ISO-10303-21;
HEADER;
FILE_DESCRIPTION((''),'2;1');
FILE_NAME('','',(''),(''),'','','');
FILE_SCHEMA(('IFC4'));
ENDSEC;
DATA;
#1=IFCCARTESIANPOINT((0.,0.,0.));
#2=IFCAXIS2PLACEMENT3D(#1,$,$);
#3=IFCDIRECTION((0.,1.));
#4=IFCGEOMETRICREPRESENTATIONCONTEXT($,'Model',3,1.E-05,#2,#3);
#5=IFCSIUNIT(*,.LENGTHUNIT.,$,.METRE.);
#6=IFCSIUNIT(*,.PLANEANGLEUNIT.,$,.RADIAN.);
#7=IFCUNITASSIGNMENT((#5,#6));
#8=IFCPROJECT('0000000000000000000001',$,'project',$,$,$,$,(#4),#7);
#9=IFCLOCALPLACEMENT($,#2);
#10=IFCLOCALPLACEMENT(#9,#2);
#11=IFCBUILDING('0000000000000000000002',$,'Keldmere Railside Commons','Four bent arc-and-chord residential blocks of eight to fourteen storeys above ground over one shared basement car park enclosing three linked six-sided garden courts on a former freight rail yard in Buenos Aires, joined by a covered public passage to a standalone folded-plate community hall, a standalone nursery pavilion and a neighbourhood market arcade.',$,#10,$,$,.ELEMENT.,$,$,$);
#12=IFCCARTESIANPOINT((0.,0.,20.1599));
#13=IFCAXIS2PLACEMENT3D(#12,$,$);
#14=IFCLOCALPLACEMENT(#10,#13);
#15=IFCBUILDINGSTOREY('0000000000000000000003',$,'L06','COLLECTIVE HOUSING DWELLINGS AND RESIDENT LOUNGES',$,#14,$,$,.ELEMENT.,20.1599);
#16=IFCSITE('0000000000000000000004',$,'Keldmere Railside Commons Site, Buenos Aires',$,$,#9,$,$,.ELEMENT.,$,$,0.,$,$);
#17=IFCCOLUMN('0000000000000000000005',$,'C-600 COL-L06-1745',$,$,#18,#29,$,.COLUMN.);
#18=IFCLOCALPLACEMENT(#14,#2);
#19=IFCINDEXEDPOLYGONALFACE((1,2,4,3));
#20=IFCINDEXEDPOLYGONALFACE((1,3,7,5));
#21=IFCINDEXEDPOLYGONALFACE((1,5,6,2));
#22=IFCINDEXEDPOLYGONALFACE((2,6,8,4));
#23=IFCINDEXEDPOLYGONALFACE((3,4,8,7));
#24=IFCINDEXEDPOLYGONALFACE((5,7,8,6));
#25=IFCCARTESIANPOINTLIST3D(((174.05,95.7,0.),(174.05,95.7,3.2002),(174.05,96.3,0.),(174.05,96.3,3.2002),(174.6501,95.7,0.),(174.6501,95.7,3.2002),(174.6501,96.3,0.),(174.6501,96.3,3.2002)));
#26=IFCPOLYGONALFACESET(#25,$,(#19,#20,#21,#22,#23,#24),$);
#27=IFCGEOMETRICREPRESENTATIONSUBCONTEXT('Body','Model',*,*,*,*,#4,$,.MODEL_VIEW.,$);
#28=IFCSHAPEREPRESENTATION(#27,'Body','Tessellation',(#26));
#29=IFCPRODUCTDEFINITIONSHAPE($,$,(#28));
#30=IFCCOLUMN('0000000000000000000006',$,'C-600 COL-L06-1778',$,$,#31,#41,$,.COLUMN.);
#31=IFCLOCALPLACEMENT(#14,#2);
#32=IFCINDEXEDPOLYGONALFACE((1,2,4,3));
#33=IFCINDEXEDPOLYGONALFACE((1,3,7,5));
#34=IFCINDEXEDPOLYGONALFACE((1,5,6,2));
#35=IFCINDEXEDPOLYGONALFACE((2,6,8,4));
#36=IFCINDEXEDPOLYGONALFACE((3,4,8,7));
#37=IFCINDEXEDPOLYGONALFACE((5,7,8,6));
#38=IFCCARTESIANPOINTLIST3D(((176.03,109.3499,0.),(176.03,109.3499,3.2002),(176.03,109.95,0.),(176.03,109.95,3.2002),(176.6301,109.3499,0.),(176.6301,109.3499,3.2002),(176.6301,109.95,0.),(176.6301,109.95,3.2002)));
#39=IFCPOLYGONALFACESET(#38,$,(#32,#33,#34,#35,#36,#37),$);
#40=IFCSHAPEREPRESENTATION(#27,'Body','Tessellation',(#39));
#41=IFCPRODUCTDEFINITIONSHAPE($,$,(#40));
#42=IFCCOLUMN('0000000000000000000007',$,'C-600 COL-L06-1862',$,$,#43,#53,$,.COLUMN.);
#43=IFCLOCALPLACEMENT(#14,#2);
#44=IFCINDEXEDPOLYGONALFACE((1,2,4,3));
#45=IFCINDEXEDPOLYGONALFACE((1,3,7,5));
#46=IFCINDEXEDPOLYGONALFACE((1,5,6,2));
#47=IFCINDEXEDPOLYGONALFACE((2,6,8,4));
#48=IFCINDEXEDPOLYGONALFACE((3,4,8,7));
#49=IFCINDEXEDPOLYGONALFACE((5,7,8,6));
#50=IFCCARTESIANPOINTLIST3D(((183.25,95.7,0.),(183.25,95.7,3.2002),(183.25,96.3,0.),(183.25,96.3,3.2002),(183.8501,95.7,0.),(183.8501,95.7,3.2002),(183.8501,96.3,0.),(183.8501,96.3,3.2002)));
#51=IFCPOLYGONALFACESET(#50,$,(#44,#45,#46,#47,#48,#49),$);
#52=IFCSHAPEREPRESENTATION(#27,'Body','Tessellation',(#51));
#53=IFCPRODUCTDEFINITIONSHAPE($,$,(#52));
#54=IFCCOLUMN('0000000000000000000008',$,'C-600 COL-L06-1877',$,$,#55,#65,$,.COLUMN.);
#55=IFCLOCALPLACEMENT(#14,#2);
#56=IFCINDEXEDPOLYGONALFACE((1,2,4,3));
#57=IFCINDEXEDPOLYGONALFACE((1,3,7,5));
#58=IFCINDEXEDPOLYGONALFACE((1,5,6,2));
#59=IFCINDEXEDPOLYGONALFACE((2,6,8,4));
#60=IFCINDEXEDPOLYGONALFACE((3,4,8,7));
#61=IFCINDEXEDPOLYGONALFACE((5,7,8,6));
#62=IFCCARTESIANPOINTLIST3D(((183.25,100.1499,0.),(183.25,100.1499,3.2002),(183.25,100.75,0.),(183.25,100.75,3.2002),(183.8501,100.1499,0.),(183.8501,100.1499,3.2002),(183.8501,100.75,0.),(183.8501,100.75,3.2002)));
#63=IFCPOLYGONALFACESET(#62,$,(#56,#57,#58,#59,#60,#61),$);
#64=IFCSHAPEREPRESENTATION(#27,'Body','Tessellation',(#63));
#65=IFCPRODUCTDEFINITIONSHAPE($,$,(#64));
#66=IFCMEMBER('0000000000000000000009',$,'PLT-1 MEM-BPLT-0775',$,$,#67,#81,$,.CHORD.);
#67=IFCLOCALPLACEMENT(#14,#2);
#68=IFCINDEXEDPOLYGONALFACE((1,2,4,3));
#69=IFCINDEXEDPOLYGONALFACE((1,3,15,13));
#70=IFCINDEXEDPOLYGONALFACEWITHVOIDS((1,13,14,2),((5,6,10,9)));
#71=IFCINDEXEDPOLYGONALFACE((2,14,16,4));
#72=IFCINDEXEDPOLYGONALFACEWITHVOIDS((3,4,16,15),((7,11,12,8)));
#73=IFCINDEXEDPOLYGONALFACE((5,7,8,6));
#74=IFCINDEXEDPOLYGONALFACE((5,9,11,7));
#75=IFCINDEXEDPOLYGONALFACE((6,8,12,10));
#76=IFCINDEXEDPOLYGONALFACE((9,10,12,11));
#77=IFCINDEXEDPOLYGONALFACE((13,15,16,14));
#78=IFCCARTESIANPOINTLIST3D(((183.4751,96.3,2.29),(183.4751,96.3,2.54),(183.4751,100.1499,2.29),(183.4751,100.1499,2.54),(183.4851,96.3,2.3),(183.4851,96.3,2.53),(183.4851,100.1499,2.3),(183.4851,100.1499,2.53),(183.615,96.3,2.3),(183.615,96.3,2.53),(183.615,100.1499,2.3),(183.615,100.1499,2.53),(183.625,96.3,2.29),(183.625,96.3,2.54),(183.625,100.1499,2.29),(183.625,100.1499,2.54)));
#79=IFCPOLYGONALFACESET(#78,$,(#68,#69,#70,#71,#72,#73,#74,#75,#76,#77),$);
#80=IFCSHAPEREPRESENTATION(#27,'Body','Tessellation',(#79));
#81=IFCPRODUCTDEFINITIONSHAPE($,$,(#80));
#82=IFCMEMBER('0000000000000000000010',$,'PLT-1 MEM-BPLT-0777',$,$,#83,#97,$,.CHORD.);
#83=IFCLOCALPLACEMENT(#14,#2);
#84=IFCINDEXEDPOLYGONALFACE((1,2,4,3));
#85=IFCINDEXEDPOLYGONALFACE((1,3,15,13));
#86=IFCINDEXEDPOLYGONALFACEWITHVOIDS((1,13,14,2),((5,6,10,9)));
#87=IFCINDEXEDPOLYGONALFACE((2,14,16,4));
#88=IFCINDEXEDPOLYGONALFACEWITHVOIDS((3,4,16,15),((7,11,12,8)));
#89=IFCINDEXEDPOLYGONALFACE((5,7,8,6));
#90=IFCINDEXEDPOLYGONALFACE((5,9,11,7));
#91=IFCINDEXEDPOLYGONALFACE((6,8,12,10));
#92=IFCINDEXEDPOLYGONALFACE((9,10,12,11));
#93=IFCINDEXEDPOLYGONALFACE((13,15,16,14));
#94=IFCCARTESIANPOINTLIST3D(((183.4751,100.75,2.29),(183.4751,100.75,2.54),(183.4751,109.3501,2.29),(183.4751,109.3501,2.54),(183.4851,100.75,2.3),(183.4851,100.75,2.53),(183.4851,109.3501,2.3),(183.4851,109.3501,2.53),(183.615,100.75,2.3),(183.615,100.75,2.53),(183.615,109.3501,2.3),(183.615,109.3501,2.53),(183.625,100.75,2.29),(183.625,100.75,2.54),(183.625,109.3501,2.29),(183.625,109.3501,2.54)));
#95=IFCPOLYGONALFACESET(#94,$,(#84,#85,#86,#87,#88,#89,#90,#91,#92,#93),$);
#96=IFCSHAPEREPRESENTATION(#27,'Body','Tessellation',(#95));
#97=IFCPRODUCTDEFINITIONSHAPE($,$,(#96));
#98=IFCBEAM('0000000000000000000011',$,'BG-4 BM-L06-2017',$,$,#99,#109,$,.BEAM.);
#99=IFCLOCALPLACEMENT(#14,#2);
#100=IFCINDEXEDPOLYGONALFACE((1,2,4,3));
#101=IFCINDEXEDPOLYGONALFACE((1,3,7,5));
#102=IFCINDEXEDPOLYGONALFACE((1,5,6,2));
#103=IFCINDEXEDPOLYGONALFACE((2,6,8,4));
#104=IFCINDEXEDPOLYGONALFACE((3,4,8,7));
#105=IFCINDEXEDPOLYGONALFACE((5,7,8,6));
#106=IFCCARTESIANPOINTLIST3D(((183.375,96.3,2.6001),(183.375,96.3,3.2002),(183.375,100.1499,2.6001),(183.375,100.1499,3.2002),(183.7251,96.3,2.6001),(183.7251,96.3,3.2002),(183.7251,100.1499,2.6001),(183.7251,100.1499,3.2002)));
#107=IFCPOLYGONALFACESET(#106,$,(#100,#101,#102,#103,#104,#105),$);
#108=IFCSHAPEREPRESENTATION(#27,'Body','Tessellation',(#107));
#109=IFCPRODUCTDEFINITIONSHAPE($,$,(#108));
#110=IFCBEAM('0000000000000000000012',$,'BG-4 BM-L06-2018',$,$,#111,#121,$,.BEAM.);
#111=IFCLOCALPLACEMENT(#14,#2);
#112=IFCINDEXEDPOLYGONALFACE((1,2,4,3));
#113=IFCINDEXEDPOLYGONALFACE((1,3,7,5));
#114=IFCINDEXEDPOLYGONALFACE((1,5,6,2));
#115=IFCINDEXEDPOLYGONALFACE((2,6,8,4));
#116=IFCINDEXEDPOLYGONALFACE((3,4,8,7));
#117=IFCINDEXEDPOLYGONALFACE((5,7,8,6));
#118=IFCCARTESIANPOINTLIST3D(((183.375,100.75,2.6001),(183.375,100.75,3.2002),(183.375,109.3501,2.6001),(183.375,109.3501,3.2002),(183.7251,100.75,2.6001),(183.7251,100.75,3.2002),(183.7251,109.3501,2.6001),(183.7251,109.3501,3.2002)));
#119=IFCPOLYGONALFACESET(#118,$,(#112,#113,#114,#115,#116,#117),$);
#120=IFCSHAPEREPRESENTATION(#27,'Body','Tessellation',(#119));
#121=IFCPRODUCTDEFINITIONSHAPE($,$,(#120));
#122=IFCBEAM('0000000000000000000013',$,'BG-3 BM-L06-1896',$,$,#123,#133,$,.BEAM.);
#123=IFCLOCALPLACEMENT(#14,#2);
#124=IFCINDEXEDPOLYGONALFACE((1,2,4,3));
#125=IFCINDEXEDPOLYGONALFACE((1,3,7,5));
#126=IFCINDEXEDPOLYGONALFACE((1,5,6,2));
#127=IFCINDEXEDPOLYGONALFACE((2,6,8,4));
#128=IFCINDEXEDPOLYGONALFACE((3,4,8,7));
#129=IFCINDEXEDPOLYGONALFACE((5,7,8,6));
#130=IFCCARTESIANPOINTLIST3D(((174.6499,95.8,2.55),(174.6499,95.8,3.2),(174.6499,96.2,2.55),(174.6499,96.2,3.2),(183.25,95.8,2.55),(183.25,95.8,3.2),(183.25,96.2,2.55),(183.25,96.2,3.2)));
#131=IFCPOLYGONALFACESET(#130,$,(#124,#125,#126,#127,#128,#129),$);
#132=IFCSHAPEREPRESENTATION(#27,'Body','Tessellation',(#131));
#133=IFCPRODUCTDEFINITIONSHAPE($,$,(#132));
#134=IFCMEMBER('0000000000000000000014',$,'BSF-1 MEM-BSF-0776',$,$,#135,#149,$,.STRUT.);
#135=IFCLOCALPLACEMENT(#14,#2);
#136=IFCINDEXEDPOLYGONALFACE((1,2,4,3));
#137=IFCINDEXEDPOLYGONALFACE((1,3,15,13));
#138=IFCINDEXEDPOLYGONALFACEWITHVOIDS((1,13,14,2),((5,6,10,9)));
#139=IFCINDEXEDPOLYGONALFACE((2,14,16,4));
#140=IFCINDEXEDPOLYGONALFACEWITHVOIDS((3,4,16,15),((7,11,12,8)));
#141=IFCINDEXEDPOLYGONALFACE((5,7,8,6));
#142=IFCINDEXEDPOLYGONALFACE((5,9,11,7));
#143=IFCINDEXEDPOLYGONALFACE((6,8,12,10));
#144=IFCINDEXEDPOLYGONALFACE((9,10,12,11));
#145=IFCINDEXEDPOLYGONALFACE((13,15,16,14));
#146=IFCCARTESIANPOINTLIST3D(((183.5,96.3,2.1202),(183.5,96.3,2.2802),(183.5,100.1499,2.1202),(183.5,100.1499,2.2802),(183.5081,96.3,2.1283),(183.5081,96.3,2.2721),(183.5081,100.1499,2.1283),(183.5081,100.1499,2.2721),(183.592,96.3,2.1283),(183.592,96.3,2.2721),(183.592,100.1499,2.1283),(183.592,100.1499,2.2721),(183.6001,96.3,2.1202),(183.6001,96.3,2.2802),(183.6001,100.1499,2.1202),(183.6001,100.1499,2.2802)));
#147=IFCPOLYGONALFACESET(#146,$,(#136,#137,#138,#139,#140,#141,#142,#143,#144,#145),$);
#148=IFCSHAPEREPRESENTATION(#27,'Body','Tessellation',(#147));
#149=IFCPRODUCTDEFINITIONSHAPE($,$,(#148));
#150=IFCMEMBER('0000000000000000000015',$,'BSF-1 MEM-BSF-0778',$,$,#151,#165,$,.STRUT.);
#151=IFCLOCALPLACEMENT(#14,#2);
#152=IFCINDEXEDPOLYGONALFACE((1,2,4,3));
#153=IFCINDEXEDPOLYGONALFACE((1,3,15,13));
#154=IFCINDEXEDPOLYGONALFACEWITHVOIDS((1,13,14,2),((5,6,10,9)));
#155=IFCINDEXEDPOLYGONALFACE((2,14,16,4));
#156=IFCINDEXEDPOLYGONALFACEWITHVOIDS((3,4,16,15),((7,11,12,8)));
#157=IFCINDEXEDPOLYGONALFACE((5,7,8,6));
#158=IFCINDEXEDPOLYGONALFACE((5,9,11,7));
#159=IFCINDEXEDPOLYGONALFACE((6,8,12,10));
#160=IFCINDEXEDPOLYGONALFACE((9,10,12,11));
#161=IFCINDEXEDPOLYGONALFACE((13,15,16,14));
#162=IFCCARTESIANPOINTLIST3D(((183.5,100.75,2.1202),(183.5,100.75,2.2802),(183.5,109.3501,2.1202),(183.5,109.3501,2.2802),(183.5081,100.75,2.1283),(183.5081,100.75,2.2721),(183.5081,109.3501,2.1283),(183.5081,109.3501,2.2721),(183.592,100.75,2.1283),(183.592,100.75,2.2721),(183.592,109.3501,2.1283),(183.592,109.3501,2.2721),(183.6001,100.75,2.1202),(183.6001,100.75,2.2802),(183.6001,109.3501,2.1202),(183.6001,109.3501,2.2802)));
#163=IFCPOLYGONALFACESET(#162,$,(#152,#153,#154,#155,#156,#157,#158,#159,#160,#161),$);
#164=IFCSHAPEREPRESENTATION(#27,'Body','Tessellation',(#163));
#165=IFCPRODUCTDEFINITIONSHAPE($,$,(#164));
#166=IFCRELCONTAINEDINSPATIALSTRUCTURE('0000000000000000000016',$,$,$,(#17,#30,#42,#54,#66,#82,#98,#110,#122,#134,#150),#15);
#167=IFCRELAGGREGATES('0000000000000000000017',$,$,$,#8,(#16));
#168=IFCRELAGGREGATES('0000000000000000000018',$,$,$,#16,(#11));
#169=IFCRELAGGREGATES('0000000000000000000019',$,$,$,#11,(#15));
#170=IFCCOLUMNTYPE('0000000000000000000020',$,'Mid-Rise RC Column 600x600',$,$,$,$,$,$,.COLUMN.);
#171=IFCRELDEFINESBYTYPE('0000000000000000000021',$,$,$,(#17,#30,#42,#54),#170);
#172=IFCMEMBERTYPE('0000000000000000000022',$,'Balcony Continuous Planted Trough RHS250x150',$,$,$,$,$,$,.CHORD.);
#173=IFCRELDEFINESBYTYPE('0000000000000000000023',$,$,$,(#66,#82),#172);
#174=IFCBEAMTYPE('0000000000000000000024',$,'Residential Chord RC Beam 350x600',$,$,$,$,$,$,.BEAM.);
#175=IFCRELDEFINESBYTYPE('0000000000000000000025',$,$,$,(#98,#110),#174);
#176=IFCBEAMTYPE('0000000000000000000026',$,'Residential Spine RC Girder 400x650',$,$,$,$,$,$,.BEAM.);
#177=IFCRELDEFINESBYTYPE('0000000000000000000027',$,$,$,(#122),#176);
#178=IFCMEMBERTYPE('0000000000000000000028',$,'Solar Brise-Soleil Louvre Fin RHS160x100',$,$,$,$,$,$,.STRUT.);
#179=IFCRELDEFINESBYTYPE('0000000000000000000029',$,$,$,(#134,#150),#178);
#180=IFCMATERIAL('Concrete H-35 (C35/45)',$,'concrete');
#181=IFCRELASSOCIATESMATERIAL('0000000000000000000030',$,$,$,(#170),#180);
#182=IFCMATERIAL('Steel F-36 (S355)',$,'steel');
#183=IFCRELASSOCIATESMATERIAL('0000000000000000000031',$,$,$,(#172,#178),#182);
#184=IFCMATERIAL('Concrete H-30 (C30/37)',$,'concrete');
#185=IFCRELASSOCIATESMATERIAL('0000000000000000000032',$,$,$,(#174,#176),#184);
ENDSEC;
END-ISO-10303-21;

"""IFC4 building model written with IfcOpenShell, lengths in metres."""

from ifc_helpers import new_model, si_unit, direction, frame, origin, origin_2d, place, context, subcontext, project, spatial, rectangle, hollow_rectangle, extrude, material, material_profile, profile_set, type_object, element, save


model = new_model("IFC4")

# Units and contexts
model_context = context("Model", 3, precision=1e-05, world=origin(), true_north=direction((0.0, 1.0)))
body_context = subcontext(model_context, "Body", "Model", "MODEL_VIEW")
ifc_project = project(units=[si_unit("LENGTHUNIT", "METRE"), si_unit("PLANEANGLEUNIT", "RADIAN")], contexts=[model_context])

# Site, building, storey
site_placement = place(None, origin())
site = spatial("IfcSite", under=ifc_project, at=site_placement, Name="Keldmere Railside Commons Site, Buenos Aires", CompositionType="ELEMENT", RefElevation=0.0)
building_placement = place(site_placement, origin())
building = spatial("IfcBuilding", under=site, at=building_placement, Name="Keldmere Railside Commons", Description="Four bent arc-and-chord residential blocks of eight to fourteen storeys above ground over one shared basement car park enclosing three linked six-sided garden courts on a former freight rail yard in Buenos Aires, joined by a covered public passage to a standalone folded-plate community hall, a standalone nursery pavilion and a neighbourhood market arcade.", CompositionType="ELEMENT")
storey_placement = place(building_placement, frame((0.0, 0.0, 20.1599)))
storey = spatial("IfcBuildingStorey", under=building, at=storey_placement, Name="L06", Description="COLLECTIVE HOUSING DWELLINGS AND RESIDENT LOUNGES", CompositionType="ELEMENT", Elevation=20.1599)

# Columns
ifc_material_1 = material(Name="Concrete H-35 (C35/45)", Category="concrete")
ifc_material_profile_1 = material_profile(ifc_material_1, rectangle(XDim=0.6001, YDim=0.6001, at=origin_2d()), Name="RC-600x600")
ifc_profile_set_1 = profile_set([ifc_material_profile_1], Name="Concrete H-35 (C35/45)")
column_type = type_object("IfcColumnType", Name="Mid-Rise RC Column 600x600", PredefinedType="COLUMN", material=ifc_profile_set_1)
for number, where, z_axis, x_axis, name in (
    (1, (174.3501, 96.0, 0.0), (0.0, 0.0, 1.0), (1.0, 0.0, 0.0), "C-600 COL-L06-1745"),
    (2, (176.3301, 109.6499, 0.0), (0.0, 0.0, 1.0), (1.0, 0.0, 0.0), "C-600 COL-L06-1778"),
    (3, (183.55, 96.0, 0.0), (0.0, 0.0, 1.0), (1.0, 0.0, 0.0), "C-600 COL-L06-1862"),
    (4, (183.55, 100.45, 0.0), (0.0, 0.0, 1.0), (1.0, 0.0, 0.0), "C-600 COL-L06-1877"),
):
    element("IfcColumn", number, at=place(storey_placement, frame(where, z_axis=z_axis, x_axis=x_axis)), inside=storey, type_object=column_type, Name=name, PredefinedType="COLUMN", context=body_context, shape_type="SweptSolid", body=[
        extrude(rectangle(XDim=0.6001, YDim=0.6001, at=origin_2d()), origin(), (0.0, 0.0, 1.0), 3.2002),
    ])

# Members
ifc_material_2 = material(Name="Steel F-36 (S355)", Category="steel")
ifc_material_profile_2 = material_profile(ifc_material_2, hollow_rectangle(XDim=0.1499, YDim=0.25, WallThickness=0.01, at=origin_2d()), Name="RHS-250x150x10")
ifc_profile_set_2 = profile_set([ifc_material_profile_2], Name="Steel F-36 (S355)")
member_type_1 = type_object("IfcMemberType", Name="Balcony Continuous Planted Trough RHS250x150", PredefinedType="CHORD", material=ifc_profile_set_2)
member_1_placement = place(storey_placement, frame((183.55, 96.3, 2.415), z_axis=(0.0, 1.0, 0.0), x_axis=(-1.0, 0.0, 0.0)))
element("IfcMember", 5, at=member_1_placement, inside=storey, type_object=member_type_1, Name="PLT-1 MEM-BPLT-0775", PredefinedType="CHORD", context=body_context, shape_type="SweptSolid", body=[
    extrude(hollow_rectangle(XDim=0.1499, YDim=0.25, WallThickness=0.01, at=origin_2d()), origin(), (0.0, 0.0, 1.0), 3.8499),
])
member_2_placement = place(storey_placement, frame((183.55, 100.75, 2.415), z_axis=(0.0, 1.0, 0.0), x_axis=(-1.0, 0.0, 0.0)))
element("IfcMember", 6, at=member_2_placement, inside=storey, type_object=member_type_1, Name="PLT-1 MEM-BPLT-0777", PredefinedType="CHORD", context=body_context, shape_type="SweptSolid", body=[
    extrude(hollow_rectangle(XDim=0.1499, YDim=0.25, WallThickness=0.01, at=origin_2d()), origin(), (0.0, 0.0, 1.0), 8.6001),
])

# Beams
ifc_material_3 = material(Name="Concrete H-30 (C30/37)", Category="concrete")
ifc_material_profile_3 = material_profile(ifc_material_3, rectangle(XDim=0.3501, YDim=0.6001, at=origin_2d()), Name="RC-350x600")
ifc_profile_set_3 = profile_set([ifc_material_profile_3], Name="Concrete H-30 (C30/37)")
beam_type_1 = type_object("IfcBeamType", Name="Residential Chord RC Beam 350x600", PredefinedType="BEAM", material=ifc_profile_set_3)
beam_1_placement = place(storey_placement, frame((183.55, 96.3, 2.9001), z_axis=(0.0, 1.0, 0.0), x_axis=(-1.0, 0.0, 0.0)))
element("IfcBeam", 7, at=beam_1_placement, inside=storey, type_object=beam_type_1, Name="BG-4 BM-L06-2017", PredefinedType="BEAM", context=body_context, shape_type="SweptSolid", body=[
    extrude(rectangle(XDim=0.3501, YDim=0.6001, at=origin_2d()), origin(), (0.0, 0.0, 1.0), 3.8499),
])
beam_2_placement = place(storey_placement, frame((183.55, 100.75, 2.9001), z_axis=(0.0, 1.0, 0.0), x_axis=(-1.0, 0.0, 0.0)))
element("IfcBeam", 8, at=beam_2_placement, inside=storey, type_object=beam_type_1, Name="BG-4 BM-L06-2018", PredefinedType="BEAM", context=body_context, shape_type="SweptSolid", body=[
    extrude(rectangle(XDim=0.3501, YDim=0.6001, at=origin_2d()), origin(), (0.0, 0.0, 1.0), 8.6001),
])
ifc_material_profile_4 = material_profile(ifc_material_3, rectangle(XDim=0.3999, YDim=0.6499, at=origin_2d()), Name="RC-400x650")
ifc_profile_set_4 = profile_set([ifc_material_profile_4], Name="Concrete H-30 (C30/37)")
beam_type_2 = type_object("IfcBeamType", Name="Residential Spine RC Girder 400x650", PredefinedType="BEAM", material=ifc_profile_set_4)
beam_3_placement = place(storey_placement, frame((174.6499, 96.0, 2.875), z_axis=(1.0, 0.0, 0.0), x_axis=(0.0, 1.0, 0.0)))
element("IfcBeam", 9, at=beam_3_placement, inside=storey, type_object=beam_type_2, Name="BG-3 BM-L06-1896", PredefinedType="BEAM", context=body_context, shape_type="SweptSolid", body=[
    extrude(rectangle(XDim=0.3999, YDim=0.6499, at=origin_2d()), origin(), (0.0, 0.0, 1.0), 8.6001),
])

# Members
ifc_material_profile_5 = material_profile(ifc_material_2, hollow_rectangle(XDim=0.1001, YDim=0.1599, WallThickness=0.0081, at=origin_2d()), Name="RHS-160x100x8")
ifc_profile_set_5 = profile_set([ifc_material_profile_5], Name="Steel F-36 (S355)")
member_type_2 = type_object("IfcMemberType", Name="Solar Brise-Soleil Louvre Fin RHS160x100", PredefinedType="STRUT", material=ifc_profile_set_5)
member_3_placement = place(storey_placement, frame((183.55, 96.3, 2.2002), z_axis=(0.0, 1.0, 0.0), x_axis=(-1.0, 0.0, 0.0)))
element("IfcMember", 10, at=member_3_placement, inside=storey, type_object=member_type_2, Name="BSF-1 MEM-BSF-0776", PredefinedType="STRUT", context=body_context, shape_type="SweptSolid", body=[
    extrude(hollow_rectangle(XDim=0.1001, YDim=0.1599, WallThickness=0.0081, at=origin_2d()), origin(), (0.0, 0.0, 1.0), 3.8499),
])
member_4_placement = place(storey_placement, frame((183.55, 100.75, 2.2002), z_axis=(0.0, 1.0, 0.0), x_axis=(-1.0, 0.0, 0.0)))
element("IfcMember", 11, at=member_4_placement, inside=storey, type_object=member_type_2, Name="BSF-1 MEM-BSF-0778", PredefinedType="STRUT", context=body_context, shape_type="SweptSolid", body=[
    extrude(hollow_rectangle(XDim=0.1001, YDim=0.1599, WallThickness=0.0081, at=origin_2d()), origin(), (0.0, 0.0, 1.0), 8.6001),
])

save(model, "model.ifc")
